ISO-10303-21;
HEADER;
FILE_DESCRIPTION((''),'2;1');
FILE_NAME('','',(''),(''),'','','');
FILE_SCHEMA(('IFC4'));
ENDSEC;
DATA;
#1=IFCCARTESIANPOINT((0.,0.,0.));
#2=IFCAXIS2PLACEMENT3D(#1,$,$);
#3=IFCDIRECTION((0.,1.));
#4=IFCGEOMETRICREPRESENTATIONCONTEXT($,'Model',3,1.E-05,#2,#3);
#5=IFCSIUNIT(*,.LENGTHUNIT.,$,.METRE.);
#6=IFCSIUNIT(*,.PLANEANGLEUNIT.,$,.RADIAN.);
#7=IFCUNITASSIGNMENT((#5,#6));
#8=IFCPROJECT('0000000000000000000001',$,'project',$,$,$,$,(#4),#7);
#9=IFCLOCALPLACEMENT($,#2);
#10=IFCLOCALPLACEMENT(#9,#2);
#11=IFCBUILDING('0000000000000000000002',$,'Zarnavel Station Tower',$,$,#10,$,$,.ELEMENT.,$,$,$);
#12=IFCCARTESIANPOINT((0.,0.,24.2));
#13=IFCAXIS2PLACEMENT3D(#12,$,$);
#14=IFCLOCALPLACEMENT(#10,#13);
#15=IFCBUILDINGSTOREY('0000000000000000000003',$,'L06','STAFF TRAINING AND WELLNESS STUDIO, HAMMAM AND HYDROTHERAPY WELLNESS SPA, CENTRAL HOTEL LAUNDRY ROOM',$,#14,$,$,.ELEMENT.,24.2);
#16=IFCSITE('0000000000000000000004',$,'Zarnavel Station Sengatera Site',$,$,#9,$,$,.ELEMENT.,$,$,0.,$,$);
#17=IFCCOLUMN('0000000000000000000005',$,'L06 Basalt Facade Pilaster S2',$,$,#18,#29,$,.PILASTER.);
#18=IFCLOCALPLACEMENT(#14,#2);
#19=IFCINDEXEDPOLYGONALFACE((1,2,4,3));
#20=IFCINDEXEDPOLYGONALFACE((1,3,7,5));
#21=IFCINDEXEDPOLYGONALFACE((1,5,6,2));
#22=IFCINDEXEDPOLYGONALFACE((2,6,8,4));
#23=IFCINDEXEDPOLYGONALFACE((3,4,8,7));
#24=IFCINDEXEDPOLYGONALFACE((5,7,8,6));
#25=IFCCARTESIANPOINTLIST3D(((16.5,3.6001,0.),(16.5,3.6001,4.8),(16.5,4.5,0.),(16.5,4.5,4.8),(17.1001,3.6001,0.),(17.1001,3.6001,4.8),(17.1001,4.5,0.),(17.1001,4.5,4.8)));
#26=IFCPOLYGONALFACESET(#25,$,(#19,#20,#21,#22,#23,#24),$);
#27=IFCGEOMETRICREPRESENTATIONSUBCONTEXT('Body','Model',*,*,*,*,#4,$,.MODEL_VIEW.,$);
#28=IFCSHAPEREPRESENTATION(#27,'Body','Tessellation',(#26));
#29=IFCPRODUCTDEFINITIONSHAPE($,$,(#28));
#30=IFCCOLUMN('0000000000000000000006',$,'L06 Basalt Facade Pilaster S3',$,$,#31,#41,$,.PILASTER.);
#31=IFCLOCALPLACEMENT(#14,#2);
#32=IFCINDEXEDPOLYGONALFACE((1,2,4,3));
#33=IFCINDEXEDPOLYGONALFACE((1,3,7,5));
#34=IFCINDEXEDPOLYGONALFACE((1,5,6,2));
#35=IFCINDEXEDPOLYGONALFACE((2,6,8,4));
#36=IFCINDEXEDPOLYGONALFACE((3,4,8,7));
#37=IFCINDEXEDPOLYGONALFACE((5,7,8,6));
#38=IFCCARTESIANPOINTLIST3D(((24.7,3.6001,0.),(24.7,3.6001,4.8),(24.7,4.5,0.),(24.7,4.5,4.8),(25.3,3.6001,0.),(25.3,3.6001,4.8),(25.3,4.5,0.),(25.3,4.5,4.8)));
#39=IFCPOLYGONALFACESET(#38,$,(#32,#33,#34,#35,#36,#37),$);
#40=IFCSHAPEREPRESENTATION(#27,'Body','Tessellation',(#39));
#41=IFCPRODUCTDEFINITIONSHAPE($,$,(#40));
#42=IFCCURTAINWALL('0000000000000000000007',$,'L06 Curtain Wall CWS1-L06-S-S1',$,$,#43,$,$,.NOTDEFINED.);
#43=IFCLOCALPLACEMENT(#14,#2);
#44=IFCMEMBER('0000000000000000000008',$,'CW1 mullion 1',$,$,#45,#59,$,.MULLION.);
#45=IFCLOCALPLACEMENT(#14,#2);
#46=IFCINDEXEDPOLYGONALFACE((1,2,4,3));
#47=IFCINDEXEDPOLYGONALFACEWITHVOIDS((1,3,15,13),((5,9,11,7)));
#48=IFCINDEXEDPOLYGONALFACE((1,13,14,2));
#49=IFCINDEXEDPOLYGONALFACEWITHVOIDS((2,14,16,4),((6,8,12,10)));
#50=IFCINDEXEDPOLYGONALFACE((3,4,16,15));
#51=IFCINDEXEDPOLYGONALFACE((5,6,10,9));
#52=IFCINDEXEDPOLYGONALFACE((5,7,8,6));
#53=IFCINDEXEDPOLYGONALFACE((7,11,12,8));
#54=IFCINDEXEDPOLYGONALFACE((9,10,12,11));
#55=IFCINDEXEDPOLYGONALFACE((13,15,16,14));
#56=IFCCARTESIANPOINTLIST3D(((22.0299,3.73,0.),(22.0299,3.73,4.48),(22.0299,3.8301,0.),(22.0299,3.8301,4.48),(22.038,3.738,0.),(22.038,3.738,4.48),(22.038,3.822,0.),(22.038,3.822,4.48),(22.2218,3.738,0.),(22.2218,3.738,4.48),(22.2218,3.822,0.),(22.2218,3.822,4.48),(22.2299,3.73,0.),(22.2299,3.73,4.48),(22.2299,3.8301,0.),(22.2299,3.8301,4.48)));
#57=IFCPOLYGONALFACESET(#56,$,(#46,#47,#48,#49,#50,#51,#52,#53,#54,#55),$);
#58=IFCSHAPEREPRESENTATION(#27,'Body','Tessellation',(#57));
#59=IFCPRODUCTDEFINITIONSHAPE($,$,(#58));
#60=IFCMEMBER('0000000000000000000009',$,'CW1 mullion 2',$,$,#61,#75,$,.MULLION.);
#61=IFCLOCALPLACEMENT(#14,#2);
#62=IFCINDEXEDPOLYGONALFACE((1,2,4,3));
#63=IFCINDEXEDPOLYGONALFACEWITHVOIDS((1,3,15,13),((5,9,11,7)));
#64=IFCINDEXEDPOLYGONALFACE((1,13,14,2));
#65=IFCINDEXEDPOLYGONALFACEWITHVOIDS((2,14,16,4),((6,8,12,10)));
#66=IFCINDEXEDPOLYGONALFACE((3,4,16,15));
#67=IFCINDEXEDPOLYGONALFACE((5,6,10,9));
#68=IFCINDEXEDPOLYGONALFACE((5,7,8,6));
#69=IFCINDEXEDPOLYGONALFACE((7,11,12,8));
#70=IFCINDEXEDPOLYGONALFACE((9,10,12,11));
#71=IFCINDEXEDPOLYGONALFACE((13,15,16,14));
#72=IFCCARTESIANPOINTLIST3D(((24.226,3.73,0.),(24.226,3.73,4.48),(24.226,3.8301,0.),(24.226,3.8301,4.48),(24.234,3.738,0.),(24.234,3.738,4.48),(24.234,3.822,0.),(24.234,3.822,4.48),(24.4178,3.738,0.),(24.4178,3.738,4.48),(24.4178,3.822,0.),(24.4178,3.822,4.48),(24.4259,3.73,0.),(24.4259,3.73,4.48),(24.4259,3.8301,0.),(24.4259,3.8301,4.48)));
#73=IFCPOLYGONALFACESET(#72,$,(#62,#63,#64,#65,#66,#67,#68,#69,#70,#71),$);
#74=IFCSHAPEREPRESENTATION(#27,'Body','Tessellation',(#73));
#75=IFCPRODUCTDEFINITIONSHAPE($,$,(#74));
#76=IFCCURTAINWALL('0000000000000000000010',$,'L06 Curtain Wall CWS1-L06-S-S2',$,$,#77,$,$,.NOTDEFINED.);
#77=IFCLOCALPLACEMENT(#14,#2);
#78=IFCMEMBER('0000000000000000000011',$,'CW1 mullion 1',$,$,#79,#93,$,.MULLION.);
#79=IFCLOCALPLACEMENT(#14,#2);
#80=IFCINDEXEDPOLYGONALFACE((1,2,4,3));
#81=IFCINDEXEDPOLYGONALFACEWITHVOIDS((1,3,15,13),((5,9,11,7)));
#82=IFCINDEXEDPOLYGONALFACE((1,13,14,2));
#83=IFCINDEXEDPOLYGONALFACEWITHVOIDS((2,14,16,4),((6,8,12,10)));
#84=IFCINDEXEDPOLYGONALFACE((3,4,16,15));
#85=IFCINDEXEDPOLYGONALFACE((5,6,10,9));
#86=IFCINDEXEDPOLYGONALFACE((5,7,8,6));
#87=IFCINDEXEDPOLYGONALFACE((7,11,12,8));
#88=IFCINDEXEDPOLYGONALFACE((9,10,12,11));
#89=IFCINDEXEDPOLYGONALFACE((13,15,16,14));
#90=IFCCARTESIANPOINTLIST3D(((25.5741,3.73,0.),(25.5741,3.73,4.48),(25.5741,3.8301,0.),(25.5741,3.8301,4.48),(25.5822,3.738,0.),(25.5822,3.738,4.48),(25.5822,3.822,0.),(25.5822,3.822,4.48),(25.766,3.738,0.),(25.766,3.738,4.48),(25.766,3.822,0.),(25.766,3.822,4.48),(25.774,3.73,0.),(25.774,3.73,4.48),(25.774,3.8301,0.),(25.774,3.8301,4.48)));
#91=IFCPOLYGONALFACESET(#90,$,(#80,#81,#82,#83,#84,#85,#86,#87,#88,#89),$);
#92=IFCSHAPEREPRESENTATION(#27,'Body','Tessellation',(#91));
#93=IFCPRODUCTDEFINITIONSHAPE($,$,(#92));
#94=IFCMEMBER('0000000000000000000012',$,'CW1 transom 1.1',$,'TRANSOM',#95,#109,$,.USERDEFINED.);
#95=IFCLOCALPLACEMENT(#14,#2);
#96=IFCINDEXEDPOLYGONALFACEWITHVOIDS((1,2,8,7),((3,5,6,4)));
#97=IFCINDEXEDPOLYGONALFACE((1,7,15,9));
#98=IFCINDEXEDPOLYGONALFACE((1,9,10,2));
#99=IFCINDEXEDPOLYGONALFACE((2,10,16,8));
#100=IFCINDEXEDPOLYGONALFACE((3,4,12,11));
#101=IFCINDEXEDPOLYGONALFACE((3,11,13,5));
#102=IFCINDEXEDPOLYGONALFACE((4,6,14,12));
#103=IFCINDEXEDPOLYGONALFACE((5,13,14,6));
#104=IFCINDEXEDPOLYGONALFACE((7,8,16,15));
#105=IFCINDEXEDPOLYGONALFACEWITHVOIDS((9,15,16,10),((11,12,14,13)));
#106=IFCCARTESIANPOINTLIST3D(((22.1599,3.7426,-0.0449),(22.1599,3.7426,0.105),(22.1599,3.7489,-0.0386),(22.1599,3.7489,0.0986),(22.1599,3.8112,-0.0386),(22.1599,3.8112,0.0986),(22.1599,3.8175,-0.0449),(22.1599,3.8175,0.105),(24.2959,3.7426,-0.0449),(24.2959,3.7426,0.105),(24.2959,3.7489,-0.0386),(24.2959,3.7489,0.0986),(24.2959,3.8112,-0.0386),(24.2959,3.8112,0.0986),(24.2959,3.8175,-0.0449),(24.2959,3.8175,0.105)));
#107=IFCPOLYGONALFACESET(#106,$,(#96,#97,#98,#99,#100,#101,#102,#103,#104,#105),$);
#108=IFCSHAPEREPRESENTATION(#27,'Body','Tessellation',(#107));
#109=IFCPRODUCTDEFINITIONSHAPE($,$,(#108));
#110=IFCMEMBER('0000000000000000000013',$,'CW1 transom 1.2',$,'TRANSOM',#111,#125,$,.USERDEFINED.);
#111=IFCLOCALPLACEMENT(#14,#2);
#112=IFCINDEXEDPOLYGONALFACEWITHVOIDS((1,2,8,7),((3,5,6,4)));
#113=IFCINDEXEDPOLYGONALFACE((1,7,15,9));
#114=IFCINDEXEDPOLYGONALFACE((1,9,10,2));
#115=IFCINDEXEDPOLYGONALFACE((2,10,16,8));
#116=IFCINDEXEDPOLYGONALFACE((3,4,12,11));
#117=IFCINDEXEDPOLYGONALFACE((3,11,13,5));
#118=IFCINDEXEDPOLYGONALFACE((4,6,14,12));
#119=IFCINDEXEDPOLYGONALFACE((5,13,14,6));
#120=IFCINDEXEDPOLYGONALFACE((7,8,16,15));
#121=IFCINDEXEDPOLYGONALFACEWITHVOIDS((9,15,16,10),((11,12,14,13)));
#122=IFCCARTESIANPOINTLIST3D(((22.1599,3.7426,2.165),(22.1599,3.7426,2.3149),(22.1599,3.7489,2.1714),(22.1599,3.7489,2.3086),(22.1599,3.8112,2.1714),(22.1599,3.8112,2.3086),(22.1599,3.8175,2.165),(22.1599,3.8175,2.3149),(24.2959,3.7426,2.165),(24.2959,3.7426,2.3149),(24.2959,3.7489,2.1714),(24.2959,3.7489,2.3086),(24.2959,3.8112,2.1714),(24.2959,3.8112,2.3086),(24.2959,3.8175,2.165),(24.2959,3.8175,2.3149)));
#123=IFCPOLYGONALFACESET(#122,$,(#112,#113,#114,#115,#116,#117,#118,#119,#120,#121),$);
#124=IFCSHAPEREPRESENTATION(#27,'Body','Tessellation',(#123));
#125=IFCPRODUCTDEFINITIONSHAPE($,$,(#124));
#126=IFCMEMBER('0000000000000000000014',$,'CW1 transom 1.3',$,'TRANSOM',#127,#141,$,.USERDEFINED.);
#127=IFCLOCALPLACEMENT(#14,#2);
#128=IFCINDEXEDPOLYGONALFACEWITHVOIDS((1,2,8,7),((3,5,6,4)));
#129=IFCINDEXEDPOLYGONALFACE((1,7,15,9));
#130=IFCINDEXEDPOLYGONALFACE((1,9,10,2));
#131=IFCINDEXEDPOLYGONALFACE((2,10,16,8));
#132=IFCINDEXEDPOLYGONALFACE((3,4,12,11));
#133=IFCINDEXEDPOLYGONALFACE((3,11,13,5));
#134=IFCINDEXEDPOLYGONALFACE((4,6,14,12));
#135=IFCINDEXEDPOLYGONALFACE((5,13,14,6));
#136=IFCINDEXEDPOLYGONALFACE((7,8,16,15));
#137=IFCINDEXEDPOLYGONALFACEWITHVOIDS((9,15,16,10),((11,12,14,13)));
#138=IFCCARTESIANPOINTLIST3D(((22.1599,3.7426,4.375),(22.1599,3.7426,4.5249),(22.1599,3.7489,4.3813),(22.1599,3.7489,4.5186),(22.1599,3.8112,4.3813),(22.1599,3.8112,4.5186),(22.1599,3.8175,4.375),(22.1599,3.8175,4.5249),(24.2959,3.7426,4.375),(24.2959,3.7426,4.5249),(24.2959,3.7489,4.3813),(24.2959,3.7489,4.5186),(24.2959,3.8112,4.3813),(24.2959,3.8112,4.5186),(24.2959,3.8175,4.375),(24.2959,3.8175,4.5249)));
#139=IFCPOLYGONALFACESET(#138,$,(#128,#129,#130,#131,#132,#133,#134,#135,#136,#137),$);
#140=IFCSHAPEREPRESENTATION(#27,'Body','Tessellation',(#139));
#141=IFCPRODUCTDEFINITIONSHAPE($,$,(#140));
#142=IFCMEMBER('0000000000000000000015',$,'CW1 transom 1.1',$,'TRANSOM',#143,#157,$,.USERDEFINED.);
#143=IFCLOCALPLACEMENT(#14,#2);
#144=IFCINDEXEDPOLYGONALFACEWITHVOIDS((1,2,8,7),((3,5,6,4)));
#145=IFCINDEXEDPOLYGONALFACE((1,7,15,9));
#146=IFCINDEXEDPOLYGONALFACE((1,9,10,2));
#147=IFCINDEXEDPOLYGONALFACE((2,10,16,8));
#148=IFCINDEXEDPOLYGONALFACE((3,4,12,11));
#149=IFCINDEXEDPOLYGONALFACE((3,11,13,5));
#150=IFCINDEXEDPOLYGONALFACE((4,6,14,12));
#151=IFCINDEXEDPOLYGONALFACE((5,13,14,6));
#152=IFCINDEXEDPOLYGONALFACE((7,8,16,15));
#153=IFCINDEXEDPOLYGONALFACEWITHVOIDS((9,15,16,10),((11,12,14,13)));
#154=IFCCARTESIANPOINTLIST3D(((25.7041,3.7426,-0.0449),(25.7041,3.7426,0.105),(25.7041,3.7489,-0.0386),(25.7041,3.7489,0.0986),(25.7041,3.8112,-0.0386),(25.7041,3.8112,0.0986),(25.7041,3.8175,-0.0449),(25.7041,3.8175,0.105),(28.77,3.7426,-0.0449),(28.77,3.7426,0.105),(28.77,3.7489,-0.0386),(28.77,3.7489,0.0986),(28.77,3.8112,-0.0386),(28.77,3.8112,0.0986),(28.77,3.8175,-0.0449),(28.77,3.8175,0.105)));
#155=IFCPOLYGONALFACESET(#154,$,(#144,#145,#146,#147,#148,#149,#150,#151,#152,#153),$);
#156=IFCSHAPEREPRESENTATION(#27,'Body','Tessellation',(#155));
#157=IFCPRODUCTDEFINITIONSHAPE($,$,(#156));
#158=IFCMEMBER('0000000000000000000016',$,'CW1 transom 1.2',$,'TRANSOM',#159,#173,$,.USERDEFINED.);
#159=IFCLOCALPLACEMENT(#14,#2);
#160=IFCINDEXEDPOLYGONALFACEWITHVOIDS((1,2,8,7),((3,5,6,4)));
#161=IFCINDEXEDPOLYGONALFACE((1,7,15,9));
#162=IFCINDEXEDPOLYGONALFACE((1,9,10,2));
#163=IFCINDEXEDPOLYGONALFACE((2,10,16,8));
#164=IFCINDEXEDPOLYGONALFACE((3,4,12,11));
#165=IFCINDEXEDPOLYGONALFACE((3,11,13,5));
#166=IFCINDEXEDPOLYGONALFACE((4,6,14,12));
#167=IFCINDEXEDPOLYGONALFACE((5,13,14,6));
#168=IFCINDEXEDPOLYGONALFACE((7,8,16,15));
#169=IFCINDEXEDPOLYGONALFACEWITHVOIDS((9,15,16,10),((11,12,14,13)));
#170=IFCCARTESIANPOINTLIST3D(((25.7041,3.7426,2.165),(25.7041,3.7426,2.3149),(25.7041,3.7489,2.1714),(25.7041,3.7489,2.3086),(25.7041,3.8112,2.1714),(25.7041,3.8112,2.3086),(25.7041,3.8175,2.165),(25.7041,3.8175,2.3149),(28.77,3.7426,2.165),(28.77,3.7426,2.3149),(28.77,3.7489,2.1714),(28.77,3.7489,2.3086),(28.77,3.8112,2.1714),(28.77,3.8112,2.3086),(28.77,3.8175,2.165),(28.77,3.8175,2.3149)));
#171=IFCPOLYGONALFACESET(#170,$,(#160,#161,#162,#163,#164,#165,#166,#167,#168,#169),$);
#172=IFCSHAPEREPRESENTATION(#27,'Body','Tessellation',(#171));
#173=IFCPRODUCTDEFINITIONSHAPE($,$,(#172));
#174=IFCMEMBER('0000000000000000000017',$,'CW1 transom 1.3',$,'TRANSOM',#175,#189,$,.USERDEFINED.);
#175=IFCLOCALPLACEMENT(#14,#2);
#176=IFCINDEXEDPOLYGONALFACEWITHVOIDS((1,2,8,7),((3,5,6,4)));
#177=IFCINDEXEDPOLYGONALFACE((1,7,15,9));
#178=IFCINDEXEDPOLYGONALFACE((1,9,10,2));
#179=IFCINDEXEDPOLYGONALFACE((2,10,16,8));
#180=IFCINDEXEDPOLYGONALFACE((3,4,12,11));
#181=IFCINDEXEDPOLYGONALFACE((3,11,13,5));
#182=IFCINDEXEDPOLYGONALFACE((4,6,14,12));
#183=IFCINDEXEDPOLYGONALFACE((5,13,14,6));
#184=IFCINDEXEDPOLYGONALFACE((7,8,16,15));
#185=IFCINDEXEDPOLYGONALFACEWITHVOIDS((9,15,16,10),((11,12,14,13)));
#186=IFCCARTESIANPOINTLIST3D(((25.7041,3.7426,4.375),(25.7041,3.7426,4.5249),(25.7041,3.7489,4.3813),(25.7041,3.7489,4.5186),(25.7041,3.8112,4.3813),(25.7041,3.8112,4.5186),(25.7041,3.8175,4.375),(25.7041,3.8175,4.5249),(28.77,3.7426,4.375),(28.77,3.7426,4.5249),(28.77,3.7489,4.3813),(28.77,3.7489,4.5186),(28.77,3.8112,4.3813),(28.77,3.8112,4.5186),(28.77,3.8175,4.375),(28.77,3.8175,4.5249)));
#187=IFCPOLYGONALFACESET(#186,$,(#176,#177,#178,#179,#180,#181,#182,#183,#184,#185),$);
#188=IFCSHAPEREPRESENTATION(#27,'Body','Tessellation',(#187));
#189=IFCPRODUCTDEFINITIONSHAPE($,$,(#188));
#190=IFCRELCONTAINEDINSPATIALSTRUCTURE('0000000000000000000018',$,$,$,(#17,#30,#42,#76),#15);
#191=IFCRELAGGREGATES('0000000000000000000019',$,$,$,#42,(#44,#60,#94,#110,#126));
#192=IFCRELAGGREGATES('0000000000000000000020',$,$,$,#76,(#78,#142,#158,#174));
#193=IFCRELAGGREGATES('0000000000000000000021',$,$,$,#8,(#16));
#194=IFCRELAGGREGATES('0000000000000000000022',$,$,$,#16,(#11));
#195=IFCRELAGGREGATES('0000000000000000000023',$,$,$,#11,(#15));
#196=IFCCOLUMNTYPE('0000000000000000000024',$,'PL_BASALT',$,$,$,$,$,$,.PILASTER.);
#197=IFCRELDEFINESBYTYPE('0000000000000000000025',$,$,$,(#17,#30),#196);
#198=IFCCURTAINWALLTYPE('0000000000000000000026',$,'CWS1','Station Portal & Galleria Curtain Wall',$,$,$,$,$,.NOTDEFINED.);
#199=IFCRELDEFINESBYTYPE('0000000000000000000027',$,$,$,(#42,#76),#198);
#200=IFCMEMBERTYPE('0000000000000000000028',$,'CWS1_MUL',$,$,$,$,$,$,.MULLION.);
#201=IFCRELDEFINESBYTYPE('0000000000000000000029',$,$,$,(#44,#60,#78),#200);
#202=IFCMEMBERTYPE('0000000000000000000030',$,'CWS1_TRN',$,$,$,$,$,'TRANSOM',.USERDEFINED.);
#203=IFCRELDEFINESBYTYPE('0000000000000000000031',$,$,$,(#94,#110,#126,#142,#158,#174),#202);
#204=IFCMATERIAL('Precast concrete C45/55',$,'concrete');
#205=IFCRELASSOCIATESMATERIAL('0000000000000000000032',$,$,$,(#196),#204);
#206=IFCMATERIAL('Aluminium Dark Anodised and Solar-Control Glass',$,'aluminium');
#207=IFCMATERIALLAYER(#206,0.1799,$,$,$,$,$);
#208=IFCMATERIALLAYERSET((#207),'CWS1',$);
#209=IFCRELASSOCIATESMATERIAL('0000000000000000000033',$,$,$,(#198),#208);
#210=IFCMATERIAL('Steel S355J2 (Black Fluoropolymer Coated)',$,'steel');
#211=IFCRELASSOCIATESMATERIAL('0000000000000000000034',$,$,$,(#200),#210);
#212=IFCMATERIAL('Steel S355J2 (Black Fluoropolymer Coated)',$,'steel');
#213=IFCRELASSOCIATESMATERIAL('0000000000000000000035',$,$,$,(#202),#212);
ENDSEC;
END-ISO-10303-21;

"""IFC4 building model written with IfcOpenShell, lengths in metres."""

from ifc_helpers import new_model, si_unit, direction, frame, origin, origin_2d, place, context, subcontext, project, spatial, rectangle, hollow_rectangle, extrude, material, layer, layer_set, material_profile, profile_set, type_object, element, aggregate, save


model = new_model("IFC4")

# Units and contexts
model_context = context("Model", 3, precision=1e-05, world=origin(), true_north=direction((0.0, 1.0)))
body_context = subcontext(model_context, "Body", "Model", "MODEL_VIEW")
ifc_project = project(units=[si_unit("LENGTHUNIT", "METRE"), si_unit("PLANEANGLEUNIT", "RADIAN")], contexts=[model_context])

# Site, building, storey
site_placement = place(None, origin())
site = spatial("IfcSite", under=ifc_project, at=site_placement, Name="Zarnavel Station Sengatera Site", CompositionType="ELEMENT", RefElevation=0.0)
building_placement = place(site_placement, origin())
building = spatial("IfcBuilding", under=site, at=building_placement, Name="Zarnavel Station Tower", CompositionType="ELEMENT")
storey_placement = place(building_placement, frame((0.0, 0.0, 24.2)))
storey = spatial("IfcBuildingStorey", under=building, at=storey_placement, Name="L06", Description="STAFF TRAINING AND WELLNESS STUDIO, HAMMAM AND HYDROTHERAPY WELLNESS SPA, CENTRAL HOTEL LAUNDRY ROOM", CompositionType="ELEMENT", Elevation=24.2)

# Columns
ifc_material_1 = material(Name="Precast concrete C45/55", Category="concrete")
ifc_material_profile_1 = material_profile(ifc_material_1, rectangle(XDim=0.6001, YDim=0.8999, at=origin_2d()), Name="RC600x900")
ifc_profile_set_1 = profile_set([ifc_material_profile_1], Name="Precast concrete C45/55")
column_type = type_object("IfcColumnType", Name="PL_BASALT", PredefinedType="PILASTER", material=ifc_profile_set_1)
for number, where, z_axis, x_axis, name in (
    (1, (16.8, 4.05, 0.0), (0.0, 0.0, 1.0), (1.0, 0.0, 0.0), "L06 Basalt Facade Pilaster S2"),
    (2, (25.0, 4.05, 0.0), (0.0, 0.0, 1.0), (1.0, 0.0, 0.0), "L06 Basalt Facade Pilaster S3"),
):
    element("IfcColumn", number, at=place(storey_placement, frame(where, z_axis=z_axis, x_axis=x_axis)), inside=storey, type_object=column_type, Name=name, PredefinedType="PILASTER", context=body_context, shape_type="SweptSolid", body=[
        extrude(rectangle(XDim=0.6001, YDim=0.8999, at=origin_2d()), origin(), (0.0, 0.0, 1.0), 4.8),
    ])

# Curtain wall, members
ifc_material_2 = material(Name="Aluminium Dark Anodised and Solar-Control Glass", Category="aluminium")
ifc_layer_1 = layer(ifc_material_2, 0.1799)
ifc_layer_set_1 = layer_set([ifc_layer_1], Name="CWS1")
curtain_wall_type = type_object("IfcCurtainWallType", Name="CWS1", Description="Station Portal & Galleria Curtain Wall", PredefinedType="NOTDEFINED", material=ifc_layer_set_1)
curtain_wall_1_placement = place(storey_placement, origin())
curtain_wall_1 = element("IfcCurtainWall", 3, at=curtain_wall_1_placement, inside=storey, type_object=curtain_wall_type, Name="L06 Curtain Wall CWS1-L06-S-S1", PredefinedType="NOTDEFINED")
ifc_material_3 = material(Name="Steel S355J2 (Black Fluoropolymer Coated)", Category="steel")
ifc_material_profile_2 = material_profile(ifc_material_3, hollow_rectangle(XDim=0.1001, YDim=0.2, WallThickness=0.0081, at=origin_2d()), Name="RHS200x100x8")
ifc_profile_set_2 = profile_set([ifc_material_profile_2], Name="Steel S355J2 (Black Fluoropolymer Coated)")
member_type_1 = type_object("IfcMemberType", Name="CWS1_MUL", PredefinedType="MULLION", material=ifc_profile_set_2)
member_1_placement = place(storey_placement, frame((22.1299, 3.78, 0.0), z_axis=(0.0, 0.0, 1.0), x_axis=(0.0, 1.0, 0.0)))
member_1 = element("IfcMember", 4, at=member_1_placement, type_object=member_type_1, Name="CW1 mullion 1", PredefinedType="MULLION", context=body_context, shape_type="SweptSolid", body=[
    extrude(hollow_rectangle(XDim=0.1001, YDim=0.2, WallThickness=0.0081, at=origin_2d()), origin(), (0.0, 0.0, 1.0), 4.48),
])
member_2_placement = place(storey_placement, frame((24.3259, 3.78, 0.0), z_axis=(0.0, 0.0, 1.0), x_axis=(0.0, 1.0, 0.0)))
member_2 = element("IfcMember", 5, at=member_2_placement, type_object=member_type_1, Name="CW1 mullion 2", PredefinedType="MULLION", context=body_context, shape_type="SweptSolid", body=[
    extrude(hollow_rectangle(XDim=0.1001, YDim=0.2, WallThickness=0.0081, at=origin_2d()), origin(), (0.0, 0.0, 1.0), 4.48),
])

# Curtain wall, member
curtain_wall_2_placement = place(storey_placement, origin())
curtain_wall_2 = element("IfcCurtainWall", 6, at=curtain_wall_2_placement, inside=storey, type_object=curtain_wall_type, Name="L06 Curtain Wall CWS1-L06-S-S2", PredefinedType="NOTDEFINED")
member_3_placement = place(storey_placement, frame((25.6741, 3.78, 0.0), z_axis=(0.0, 0.0, 1.0), x_axis=(0.0, 1.0, 0.0)))
member_3 = element("IfcMember", 7, at=member_3_placement, type_object=member_type_1, Name="CW1 mullion 1", PredefinedType="MULLION", context=body_context, shape_type="SweptSolid", body=[
    extrude(hollow_rectangle(XDim=0.1001, YDim=0.2, WallThickness=0.0081, at=origin_2d()), origin(), (0.0, 0.0, 1.0), 4.48),
])

# Members
ifc_material_4 = material(Name="Steel S355J2 (Black Fluoropolymer Coated)", Category="steel")
ifc_material_profile_3 = material_profile(ifc_material_4, hollow_rectangle(XDim=0.075, YDim=0.1499, WallThickness=0.0063, at=origin_2d()), Name="RHS150x75x6.3")
ifc_profile_set_3 = profile_set([ifc_material_profile_3], Name="Steel S355J2 (Black Fluoropolymer Coated)")
member_type_2 = type_object("IfcMemberType", Name="CWS1_TRN", ElementType="TRANSOM", PredefinedType="USERDEFINED", material=ifc_profile_set_3)
member_4_placement = place(storey_placement, frame((22.1599, 3.78, 0.03), z_axis=(1.0, 0.0, 0.0), x_axis=(0.0, 1.0, 0.0)))
member_4 = element("IfcMember", 8, at=member_4_placement, type_object=member_type_2, Name="CW1 transom 1.1", ObjectType="TRANSOM", PredefinedType="USERDEFINED", context=body_context, shape_type="SweptSolid", body=[
    extrude(hollow_rectangle(XDim=0.075, YDim=0.1499, WallThickness=0.0063, at=origin_2d()), origin(), (0.0, 0.0, 1.0), 2.136),
])
member_5_placement = place(storey_placement, frame((22.1599, 3.78, 2.24), z_axis=(1.0, 0.0, 0.0), x_axis=(0.0, 1.0, 0.0)))
member_5 = element("IfcMember", 9, at=member_5_placement, type_object=member_type_2, Name="CW1 transom 1.2", ObjectType="TRANSOM", PredefinedType="USERDEFINED", context=body_context, shape_type="SweptSolid", body=[
    extrude(hollow_rectangle(XDim=0.075, YDim=0.1499, WallThickness=0.0063, at=origin_2d()), origin(), (0.0, 0.0, 1.0), 2.136),
])
member_6_placement = place(storey_placement, frame((22.1599, 3.78, 4.45), z_axis=(1.0, 0.0, 0.0), x_axis=(0.0, 1.0, 0.0)))
member_6 = element("IfcMember", 10, at=member_6_placement, type_object=member_type_2, Name="CW1 transom 1.3", ObjectType="TRANSOM", PredefinedType="USERDEFINED", context=body_context, shape_type="SweptSolid", body=[
    extrude(hollow_rectangle(XDim=0.075, YDim=0.1499, WallThickness=0.0063, at=origin_2d()), origin(), (0.0, 0.0, 1.0), 2.136),
])
member_7_placement = place(storey_placement, frame((25.7041, 3.78, 0.03), z_axis=(1.0, 0.0, 0.0), x_axis=(0.0, 1.0, 0.0)))
member_7 = element("IfcMember", 11, at=member_7_placement, type_object=member_type_2, Name="CW1 transom 1.1", ObjectType="TRANSOM", PredefinedType="USERDEFINED", context=body_context, shape_type="SweptSolid", body=[
    extrude(hollow_rectangle(XDim=0.075, YDim=0.1499, WallThickness=0.0063, at=origin_2d()), origin(), (0.0, 0.0, 1.0), 3.0659),
])
member_8_placement = place(storey_placement, frame((25.7041, 3.78, 2.24), z_axis=(1.0, 0.0, 0.0), x_axis=(0.0, 1.0, 0.0)))
member_8 = element("IfcMember", 12, at=member_8_placement, type_object=member_type_2, Name="CW1 transom 1.2", ObjectType="TRANSOM", PredefinedType="USERDEFINED", context=body_context, shape_type="SweptSolid", body=[
    extrude(hollow_rectangle(XDim=0.075, YDim=0.1499, WallThickness=0.0063, at=origin_2d()), origin(), (0.0, 0.0, 1.0), 3.0659),
])
member_9_placement = place(storey_placement, frame((25.7041, 3.78, 4.45), z_axis=(1.0, 0.0, 0.0), x_axis=(0.0, 1.0, 0.0)))
member_9 = element("IfcMember", 13, at=member_9_placement, type_object=member_type_2, Name="CW1 transom 1.3", ObjectType="TRANSOM", PredefinedType="USERDEFINED", context=body_context, shape_type="SweptSolid", body=[
    extrude(hollow_rectangle(XDim=0.075, YDim=0.1499, WallThickness=0.0063, at=origin_2d()), origin(), (0.0, 0.0, 1.0), 3.0659),
])

aggregate(curtain_wall_1, [member_1, member_2, member_4, member_5, member_6])
aggregate(curtain_wall_2, [member_3, member_7, member_8, member_9])

save(model, "model.ifc")
